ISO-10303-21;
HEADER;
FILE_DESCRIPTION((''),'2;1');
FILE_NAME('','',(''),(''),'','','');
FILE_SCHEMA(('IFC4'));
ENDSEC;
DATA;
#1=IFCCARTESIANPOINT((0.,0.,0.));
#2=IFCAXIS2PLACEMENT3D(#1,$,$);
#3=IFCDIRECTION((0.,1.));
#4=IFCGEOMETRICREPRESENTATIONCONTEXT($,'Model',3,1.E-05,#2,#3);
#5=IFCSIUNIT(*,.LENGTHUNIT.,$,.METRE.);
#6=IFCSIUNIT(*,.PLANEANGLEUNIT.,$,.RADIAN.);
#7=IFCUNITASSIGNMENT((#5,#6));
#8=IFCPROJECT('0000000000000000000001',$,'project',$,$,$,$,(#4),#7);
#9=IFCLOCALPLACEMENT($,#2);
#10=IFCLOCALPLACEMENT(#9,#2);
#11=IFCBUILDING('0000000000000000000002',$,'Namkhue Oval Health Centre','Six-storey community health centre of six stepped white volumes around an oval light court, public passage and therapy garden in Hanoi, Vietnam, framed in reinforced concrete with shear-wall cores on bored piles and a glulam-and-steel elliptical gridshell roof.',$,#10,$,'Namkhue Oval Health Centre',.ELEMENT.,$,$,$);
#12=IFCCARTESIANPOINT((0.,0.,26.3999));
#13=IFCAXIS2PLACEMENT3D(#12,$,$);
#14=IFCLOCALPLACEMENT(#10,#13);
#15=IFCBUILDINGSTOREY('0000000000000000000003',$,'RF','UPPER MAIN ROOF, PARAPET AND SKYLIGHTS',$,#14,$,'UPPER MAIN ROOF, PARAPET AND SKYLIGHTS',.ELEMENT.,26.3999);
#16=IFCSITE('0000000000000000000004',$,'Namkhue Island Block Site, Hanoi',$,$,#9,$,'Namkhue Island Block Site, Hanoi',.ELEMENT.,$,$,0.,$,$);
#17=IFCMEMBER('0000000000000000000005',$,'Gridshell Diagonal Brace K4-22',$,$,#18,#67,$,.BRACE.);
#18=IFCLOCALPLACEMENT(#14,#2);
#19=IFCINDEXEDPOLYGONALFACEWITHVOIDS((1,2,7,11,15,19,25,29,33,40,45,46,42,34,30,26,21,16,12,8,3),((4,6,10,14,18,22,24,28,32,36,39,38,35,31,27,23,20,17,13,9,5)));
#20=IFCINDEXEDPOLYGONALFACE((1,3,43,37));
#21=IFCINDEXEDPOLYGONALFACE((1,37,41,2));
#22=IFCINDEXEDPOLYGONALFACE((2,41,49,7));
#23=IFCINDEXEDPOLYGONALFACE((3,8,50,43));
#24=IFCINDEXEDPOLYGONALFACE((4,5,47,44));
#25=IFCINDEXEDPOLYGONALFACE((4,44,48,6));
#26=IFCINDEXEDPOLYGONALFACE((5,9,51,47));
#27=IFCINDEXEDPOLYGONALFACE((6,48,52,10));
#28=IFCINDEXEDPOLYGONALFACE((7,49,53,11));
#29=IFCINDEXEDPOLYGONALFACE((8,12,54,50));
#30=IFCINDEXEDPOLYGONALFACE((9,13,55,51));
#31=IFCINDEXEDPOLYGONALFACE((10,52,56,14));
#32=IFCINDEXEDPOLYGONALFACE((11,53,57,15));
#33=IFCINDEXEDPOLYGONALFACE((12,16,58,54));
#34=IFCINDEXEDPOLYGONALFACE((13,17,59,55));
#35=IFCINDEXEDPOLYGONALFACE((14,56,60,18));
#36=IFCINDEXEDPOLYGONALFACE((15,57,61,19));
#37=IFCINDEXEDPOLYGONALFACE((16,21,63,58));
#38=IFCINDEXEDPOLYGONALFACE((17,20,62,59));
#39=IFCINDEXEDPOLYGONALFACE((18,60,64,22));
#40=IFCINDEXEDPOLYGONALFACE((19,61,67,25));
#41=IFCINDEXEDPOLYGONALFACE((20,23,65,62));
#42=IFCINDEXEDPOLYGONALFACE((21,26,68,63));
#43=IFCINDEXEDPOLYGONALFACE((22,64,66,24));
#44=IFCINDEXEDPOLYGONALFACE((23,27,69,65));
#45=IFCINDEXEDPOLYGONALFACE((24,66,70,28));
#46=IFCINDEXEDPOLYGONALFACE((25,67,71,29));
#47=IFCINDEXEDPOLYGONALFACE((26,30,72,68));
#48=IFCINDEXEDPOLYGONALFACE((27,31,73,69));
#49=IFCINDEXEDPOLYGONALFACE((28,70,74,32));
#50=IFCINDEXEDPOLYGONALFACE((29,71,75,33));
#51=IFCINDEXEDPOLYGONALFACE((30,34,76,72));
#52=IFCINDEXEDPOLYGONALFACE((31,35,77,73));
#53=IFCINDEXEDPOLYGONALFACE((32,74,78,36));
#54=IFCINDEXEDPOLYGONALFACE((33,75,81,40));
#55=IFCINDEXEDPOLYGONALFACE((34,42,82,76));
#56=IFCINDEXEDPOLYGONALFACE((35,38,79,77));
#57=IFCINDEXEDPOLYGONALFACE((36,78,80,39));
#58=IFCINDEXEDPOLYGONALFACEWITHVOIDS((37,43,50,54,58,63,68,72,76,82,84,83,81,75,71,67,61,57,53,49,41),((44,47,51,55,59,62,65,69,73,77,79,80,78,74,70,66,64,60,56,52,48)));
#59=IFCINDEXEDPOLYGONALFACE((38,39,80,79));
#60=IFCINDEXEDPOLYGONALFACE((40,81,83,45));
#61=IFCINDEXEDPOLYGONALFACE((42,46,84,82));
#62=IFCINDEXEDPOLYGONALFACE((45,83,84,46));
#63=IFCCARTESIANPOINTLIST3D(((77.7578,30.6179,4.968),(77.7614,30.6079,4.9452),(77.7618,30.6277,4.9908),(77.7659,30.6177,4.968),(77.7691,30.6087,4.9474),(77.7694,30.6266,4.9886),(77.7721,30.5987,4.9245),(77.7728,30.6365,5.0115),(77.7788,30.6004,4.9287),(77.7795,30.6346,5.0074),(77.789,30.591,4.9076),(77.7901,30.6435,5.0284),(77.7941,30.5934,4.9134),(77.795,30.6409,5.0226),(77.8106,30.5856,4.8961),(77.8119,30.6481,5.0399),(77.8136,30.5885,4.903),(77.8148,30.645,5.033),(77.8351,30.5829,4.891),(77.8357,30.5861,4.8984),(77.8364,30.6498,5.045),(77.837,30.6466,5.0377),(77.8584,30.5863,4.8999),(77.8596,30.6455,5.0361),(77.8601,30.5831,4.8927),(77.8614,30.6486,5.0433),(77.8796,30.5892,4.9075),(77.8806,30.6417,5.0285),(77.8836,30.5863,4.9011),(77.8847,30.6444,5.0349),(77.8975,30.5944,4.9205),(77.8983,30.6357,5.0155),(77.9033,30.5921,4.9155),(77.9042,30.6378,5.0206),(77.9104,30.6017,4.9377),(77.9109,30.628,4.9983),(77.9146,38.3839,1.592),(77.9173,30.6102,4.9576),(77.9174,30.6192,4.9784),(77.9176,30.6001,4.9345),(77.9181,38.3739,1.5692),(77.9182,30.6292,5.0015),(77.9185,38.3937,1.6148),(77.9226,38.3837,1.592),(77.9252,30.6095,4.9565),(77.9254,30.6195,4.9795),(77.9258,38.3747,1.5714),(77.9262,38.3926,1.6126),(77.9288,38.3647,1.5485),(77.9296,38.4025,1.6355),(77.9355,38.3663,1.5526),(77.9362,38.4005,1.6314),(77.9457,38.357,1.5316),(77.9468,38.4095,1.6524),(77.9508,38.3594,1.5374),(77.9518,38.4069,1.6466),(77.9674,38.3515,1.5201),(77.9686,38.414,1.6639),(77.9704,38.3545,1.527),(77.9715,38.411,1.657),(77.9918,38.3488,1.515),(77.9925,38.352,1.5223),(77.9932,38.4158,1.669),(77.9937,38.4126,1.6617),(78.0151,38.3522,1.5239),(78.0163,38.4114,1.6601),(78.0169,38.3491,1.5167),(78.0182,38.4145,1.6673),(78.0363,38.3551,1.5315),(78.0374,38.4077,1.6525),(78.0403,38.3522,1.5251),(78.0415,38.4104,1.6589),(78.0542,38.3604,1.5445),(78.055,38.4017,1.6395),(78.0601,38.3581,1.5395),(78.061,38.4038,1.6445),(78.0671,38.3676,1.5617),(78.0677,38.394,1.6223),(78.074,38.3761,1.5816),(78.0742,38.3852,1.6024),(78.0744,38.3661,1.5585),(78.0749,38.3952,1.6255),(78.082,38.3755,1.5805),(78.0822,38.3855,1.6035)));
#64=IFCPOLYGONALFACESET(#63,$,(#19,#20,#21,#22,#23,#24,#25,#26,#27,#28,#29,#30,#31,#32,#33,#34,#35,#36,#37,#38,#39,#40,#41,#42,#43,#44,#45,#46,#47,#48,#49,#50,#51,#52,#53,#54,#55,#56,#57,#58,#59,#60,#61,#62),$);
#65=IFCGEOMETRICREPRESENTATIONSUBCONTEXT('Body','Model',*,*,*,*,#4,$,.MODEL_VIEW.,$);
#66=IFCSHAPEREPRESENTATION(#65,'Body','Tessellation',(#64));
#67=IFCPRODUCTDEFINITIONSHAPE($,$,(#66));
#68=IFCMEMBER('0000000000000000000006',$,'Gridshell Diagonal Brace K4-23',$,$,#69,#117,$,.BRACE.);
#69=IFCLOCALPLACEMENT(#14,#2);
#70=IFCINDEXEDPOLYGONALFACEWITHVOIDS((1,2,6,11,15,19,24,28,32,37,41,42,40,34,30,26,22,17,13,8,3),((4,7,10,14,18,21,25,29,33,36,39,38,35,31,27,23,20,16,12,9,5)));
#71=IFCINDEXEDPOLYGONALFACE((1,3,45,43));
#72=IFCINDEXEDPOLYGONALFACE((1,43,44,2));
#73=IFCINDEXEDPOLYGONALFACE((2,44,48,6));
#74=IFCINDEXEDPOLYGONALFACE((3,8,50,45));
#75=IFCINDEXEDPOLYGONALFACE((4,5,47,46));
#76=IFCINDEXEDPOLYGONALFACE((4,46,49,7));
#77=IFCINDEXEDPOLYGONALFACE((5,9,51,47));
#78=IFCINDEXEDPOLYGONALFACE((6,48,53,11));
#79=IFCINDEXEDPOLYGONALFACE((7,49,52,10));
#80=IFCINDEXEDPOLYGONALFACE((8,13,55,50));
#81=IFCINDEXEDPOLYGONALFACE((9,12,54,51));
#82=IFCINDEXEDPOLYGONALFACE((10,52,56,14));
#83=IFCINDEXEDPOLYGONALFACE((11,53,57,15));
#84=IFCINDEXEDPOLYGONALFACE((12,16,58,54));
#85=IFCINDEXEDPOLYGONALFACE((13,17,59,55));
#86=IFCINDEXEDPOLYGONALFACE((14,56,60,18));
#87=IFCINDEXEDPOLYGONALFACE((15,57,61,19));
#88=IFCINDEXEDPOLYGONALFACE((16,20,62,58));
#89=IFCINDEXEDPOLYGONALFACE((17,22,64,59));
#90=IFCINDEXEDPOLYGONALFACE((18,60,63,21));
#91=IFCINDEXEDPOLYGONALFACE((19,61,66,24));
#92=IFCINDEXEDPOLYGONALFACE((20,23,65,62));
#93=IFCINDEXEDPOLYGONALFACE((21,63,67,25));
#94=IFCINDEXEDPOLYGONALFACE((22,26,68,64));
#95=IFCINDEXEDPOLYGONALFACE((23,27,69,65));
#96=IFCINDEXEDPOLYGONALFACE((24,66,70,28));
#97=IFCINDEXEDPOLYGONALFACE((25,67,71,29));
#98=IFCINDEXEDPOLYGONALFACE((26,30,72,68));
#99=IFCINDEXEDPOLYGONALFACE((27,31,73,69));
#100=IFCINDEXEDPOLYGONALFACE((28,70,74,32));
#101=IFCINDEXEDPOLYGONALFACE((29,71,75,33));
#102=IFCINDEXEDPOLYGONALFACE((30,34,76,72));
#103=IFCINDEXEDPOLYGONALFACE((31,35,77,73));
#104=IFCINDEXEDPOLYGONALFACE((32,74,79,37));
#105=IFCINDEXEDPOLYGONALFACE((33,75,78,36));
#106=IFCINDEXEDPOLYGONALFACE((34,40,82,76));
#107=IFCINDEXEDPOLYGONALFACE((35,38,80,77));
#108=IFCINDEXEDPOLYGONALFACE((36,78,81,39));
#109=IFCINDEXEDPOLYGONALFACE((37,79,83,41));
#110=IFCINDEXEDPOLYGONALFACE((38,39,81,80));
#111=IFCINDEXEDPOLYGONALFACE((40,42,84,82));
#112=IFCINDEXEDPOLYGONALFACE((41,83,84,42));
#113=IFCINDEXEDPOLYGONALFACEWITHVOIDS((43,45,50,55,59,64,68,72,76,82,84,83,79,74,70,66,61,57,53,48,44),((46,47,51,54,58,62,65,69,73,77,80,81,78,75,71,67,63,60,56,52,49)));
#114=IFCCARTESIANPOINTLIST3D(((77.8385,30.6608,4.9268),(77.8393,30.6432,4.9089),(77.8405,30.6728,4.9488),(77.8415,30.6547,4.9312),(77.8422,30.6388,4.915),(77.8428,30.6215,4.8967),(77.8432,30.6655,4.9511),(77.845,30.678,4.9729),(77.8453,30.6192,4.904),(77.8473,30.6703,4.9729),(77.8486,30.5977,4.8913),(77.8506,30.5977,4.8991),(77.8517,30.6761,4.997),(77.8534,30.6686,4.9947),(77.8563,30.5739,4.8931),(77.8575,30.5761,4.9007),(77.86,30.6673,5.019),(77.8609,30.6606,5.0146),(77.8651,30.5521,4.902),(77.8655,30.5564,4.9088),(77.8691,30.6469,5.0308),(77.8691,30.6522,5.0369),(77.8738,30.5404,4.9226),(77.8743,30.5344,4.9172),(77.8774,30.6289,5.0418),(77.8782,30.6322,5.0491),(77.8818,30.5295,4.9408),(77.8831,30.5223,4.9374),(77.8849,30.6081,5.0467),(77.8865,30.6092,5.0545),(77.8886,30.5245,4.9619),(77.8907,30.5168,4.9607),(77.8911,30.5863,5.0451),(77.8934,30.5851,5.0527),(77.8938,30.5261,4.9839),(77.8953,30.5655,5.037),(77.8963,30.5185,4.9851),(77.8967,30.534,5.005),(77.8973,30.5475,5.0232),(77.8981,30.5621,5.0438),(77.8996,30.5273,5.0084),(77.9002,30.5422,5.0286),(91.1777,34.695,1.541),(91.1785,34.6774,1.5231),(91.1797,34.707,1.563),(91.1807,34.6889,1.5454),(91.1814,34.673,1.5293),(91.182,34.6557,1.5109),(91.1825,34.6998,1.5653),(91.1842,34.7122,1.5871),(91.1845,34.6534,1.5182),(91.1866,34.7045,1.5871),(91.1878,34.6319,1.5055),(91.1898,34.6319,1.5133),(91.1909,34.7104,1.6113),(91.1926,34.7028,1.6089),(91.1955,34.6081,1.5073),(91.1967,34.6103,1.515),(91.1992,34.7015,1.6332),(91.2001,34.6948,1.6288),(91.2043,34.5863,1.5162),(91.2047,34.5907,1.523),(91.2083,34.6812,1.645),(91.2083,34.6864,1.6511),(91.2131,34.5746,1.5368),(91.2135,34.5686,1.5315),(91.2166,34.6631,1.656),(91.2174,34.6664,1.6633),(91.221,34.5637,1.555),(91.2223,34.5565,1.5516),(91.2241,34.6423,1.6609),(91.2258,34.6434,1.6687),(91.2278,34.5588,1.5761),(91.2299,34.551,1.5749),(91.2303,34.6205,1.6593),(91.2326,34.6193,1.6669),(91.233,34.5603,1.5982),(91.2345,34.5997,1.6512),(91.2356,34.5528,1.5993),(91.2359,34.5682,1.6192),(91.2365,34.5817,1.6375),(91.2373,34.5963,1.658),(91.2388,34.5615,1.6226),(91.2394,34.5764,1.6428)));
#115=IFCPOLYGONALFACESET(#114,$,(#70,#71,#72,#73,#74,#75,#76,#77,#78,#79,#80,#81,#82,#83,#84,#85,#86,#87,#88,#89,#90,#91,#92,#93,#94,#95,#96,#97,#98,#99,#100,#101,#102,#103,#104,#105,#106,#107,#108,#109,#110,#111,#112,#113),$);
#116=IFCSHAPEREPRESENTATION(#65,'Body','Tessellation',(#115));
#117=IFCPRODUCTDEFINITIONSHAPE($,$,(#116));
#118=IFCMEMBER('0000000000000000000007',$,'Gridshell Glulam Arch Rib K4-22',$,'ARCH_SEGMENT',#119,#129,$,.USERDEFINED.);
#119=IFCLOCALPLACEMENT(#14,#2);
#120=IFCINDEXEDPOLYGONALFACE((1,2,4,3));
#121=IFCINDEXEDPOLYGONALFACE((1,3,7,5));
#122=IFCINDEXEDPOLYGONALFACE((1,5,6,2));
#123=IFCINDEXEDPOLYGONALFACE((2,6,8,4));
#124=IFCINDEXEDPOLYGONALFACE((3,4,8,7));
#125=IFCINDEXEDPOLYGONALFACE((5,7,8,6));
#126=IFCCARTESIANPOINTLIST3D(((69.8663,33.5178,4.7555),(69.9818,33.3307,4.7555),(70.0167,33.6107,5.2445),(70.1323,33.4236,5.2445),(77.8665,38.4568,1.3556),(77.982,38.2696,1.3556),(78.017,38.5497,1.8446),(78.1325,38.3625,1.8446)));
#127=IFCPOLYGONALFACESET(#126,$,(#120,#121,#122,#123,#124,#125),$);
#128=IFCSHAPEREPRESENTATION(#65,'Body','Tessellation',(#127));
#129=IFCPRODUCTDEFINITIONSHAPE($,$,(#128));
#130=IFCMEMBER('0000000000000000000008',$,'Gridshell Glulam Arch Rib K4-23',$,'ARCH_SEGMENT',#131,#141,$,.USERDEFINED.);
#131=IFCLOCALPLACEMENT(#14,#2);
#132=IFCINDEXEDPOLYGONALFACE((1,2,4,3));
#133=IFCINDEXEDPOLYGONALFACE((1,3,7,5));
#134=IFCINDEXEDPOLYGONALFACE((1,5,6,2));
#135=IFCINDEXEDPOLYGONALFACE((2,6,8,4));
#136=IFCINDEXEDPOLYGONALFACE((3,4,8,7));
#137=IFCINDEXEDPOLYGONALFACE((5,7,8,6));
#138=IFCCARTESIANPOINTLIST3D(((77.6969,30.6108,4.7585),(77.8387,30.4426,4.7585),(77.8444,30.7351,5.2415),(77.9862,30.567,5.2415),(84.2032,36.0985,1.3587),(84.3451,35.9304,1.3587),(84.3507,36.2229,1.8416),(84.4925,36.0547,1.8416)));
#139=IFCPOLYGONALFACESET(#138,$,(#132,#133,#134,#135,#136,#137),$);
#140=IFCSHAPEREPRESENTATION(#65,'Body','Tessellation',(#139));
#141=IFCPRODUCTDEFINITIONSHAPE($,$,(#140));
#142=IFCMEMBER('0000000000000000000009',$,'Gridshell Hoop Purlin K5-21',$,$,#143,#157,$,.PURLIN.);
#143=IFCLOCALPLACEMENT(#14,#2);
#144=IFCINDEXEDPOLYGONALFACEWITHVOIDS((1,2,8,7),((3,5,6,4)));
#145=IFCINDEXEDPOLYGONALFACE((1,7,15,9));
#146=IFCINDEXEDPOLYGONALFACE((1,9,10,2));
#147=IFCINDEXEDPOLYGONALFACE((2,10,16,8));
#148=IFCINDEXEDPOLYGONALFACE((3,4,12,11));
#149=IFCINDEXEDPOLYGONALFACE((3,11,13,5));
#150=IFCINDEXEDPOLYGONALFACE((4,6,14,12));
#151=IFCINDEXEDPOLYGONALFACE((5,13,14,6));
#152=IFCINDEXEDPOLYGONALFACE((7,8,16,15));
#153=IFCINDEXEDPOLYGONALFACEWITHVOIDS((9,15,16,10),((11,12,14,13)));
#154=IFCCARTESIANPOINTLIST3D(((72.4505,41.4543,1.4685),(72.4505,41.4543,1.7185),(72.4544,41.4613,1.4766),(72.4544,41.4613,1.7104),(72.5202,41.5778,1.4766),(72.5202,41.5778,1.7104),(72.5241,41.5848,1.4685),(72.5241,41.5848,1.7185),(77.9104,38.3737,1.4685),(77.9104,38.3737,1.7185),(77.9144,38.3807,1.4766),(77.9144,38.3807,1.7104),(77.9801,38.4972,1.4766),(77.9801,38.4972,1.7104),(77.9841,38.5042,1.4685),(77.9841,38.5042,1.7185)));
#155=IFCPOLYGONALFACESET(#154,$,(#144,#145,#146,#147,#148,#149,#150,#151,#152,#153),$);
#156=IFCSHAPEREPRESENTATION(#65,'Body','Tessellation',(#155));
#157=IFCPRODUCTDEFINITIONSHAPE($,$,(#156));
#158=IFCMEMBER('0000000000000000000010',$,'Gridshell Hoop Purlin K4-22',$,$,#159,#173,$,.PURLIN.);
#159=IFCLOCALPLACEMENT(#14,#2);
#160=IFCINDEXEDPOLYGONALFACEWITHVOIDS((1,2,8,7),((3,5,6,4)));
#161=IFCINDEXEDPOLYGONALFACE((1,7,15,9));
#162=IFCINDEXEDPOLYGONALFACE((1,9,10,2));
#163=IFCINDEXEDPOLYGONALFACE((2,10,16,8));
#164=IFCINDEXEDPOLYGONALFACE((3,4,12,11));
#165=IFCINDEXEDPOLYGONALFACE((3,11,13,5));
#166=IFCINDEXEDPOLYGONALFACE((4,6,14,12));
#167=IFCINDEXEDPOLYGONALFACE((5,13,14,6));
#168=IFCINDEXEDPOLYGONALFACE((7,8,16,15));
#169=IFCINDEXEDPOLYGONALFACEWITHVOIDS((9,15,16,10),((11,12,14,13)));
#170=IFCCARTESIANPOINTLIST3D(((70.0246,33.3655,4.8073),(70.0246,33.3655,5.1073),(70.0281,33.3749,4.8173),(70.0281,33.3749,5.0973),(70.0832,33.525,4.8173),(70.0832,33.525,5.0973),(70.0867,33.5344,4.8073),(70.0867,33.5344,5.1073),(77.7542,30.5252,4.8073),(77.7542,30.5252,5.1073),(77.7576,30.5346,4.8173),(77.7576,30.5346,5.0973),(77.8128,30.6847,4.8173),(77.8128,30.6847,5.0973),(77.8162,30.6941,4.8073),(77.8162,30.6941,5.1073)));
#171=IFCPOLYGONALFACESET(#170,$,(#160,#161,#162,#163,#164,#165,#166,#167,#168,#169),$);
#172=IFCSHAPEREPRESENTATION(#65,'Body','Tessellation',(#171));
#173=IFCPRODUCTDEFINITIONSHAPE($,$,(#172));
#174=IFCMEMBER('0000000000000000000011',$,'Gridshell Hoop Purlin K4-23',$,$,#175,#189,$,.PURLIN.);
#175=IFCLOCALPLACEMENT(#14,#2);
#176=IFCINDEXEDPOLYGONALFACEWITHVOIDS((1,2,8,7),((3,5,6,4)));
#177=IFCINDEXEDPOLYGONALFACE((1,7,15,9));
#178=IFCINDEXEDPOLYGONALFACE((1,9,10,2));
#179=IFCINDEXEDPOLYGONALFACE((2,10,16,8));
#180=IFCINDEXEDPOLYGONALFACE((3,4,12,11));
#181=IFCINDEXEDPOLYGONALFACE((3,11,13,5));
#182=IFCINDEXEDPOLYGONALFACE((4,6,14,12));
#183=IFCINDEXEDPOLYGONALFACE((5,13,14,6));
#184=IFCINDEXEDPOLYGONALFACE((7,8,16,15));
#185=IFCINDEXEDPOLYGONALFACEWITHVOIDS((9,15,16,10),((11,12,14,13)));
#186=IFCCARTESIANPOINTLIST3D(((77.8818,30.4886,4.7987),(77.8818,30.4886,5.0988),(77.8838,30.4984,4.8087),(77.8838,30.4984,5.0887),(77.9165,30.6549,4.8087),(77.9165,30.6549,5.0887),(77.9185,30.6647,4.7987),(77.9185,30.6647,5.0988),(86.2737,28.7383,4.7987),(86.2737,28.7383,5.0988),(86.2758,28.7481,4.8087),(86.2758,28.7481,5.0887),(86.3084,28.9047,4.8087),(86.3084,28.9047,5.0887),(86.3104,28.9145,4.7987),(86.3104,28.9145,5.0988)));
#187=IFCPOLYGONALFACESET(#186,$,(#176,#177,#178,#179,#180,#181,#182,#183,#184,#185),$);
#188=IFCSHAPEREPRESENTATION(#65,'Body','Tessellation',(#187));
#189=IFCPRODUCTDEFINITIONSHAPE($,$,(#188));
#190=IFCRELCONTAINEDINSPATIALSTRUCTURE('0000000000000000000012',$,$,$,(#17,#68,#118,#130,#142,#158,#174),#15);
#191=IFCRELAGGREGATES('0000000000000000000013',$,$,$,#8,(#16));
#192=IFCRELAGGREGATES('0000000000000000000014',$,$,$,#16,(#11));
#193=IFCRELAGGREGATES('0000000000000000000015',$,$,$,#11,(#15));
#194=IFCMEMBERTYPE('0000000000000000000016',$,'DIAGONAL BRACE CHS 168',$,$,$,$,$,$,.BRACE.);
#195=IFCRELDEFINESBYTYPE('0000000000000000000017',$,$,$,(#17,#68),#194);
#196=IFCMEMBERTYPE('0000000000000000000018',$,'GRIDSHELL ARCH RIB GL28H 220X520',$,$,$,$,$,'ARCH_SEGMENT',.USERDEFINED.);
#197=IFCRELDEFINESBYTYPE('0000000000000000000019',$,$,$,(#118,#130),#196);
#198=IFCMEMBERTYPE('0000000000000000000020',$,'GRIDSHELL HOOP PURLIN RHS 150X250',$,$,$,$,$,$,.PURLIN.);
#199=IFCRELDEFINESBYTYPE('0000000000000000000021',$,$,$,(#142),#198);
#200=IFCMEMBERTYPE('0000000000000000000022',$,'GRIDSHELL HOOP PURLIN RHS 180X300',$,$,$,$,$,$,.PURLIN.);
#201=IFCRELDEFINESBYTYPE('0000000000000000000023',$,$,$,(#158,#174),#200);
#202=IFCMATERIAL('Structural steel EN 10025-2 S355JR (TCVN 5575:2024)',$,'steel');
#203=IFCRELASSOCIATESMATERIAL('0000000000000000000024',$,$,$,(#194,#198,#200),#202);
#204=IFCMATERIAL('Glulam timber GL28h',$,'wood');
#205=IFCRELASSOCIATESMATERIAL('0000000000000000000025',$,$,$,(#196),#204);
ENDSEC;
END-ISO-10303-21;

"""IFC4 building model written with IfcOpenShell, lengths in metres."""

from ifc_helpers import new_model, si_unit, direction, frame, origin, origin_2d, place, context, subcontext, project, spatial, rectangle, hollow_rectangle, hollow_circle, extrude, material, material_profile, profile_set, type_object, element, save


model = new_model("IFC4")

# Units and contexts
model_context = context("Model", 3, precision=1e-05, world=origin(), true_north=direction((0.0, 1.0)))
body_context = subcontext(model_context, "Body", "Model", "MODEL_VIEW")
ifc_project = project(units=[si_unit("LENGTHUNIT", "METRE"), si_unit("PLANEANGLEUNIT", "RADIAN")], contexts=[model_context])

# Site, building, storey
site_placement = place(None, origin())
site = spatial("IfcSite", under=ifc_project, at=site_placement, Name="Namkhue Island Block Site, Hanoi", LongName="Namkhue Island Block Site, Hanoi", CompositionType="ELEMENT", RefElevation=0.0)
building_placement = place(site_placement, origin())
building = spatial("IfcBuilding", under=site, at=building_placement, Name="Namkhue Oval Health Centre", Description="Six-storey community health centre of six stepped white volumes around an oval light court, public passage and therapy garden in Hanoi, Vietnam, framed in reinforced concrete with shear-wall cores on bored piles and a glulam-and-steel elliptical gridshell roof.", LongName="Namkhue Oval Health Centre", CompositionType="ELEMENT")
storey_placement = place(building_placement, frame((0.0, 0.0, 26.3999)))
storey = spatial("IfcBuildingStorey", under=building, at=storey_placement, Name="RF", Description="UPPER MAIN ROOF, PARAPET AND SKYLIGHTS", LongName="UPPER MAIN ROOF, PARAPET AND SKYLIGHTS", CompositionType="ELEMENT", Elevation=26.3999)

# Members
ifc_material_1 = material(Name="Structural steel EN 10025-2 S355JR (TCVN 5575:2024)", Category="steel")
ifc_material_profile_1 = material_profile(ifc_material_1, hollow_circle(Radius=0.0842, WallThickness=0.0081, at=origin_2d()), Name="CHS 168.3x8")
ifc_profile_set_1 = profile_set([ifc_material_profile_1], Name="Structural steel EN 10025-2 S355JR (TCVN 5575:2024)")
member_type_1 = type_object("IfcMemberType", Name="DIAGONAL BRACE CHS 168", PredefinedType="BRACE", material=ifc_profile_set_1)
member_1_placement = place(storey_placement, frame((77.842, 30.6162, 4.968), z_axis=(0.018506, 0.916934, -0.398609), x_axis=(-0.999796, 0.020179, 0.0)))
element("IfcMember", 1, at=member_1_placement, inside=storey, type_object=member_type_1, Name="Gridshell Diagonal Brace K4-22", PredefinedType="BRACE", context=body_context, shape_type="SweptSolid", body=[
    extrude(hollow_circle(Radius=0.0842, WallThickness=0.0081, at=origin_2d()), origin(), (0.0, 0.0, 1.0), 8.4695),
])
member_2_placement = place(storey_placement, frame((77.8694, 30.5974, 4.9729), z_axis=(0.930126, 0.2813, -0.236085), x_axis=(-0.289483, 0.957183, 0.0)))
element("IfcMember", 2, at=member_2_placement, inside=storey, type_object=member_type_1, Name="Gridshell Diagonal Brace K4-23", PredefinedType="BRACE", context=body_context, shape_type="SweptSolid", body=[
    extrude(hollow_circle(Radius=0.0842, WallThickness=0.0081, at=origin_2d()), origin(), (0.0, 0.0, 1.0), 14.3413),
])
ifc_material_2 = material(Name="Glulam timber GL28h", Category="wood")
ifc_material_profile_2 = material_profile(ifc_material_2, rectangle(XDim=0.22, YDim=0.52, at=origin_2d()), Name="GL28h 220x520")
ifc_profile_set_2 = profile_set([ifc_material_profile_2], Name="Glulam timber GL28h")
member_type_2 = type_object("IfcMemberType", Name="GRIDSHELL ARCH RIB GL28H 220X520", ElementType="ARCH_SEGMENT", PredefinedType="USERDEFINED", material=ifc_profile_set_2)
member_3_placement = place(storey_placement, frame((69.9993, 33.4707, 5.0), z_axis=(0.800198, 0.494004, -0.340064), x_axis=(-0.525311, 0.85091, 0.0)))
element("IfcMember", 3, at=member_3_placement, inside=storey, type_object=member_type_2, Name="Gridshell Glulam Arch Rib K4-22", ObjectType="ARCH_SEGMENT", PredefinedType="USERDEFINED", context=body_context, shape_type="SweptSolid", body=[
    extrude(rectangle(XDim=0.22, YDim=0.52, at=origin_2d()), origin(), (0.0, 0.0, 1.0), 9.9978),
])
member_4_placement = place(storey_placement, frame((77.8416, 30.5889, 5.0), z_axis=(0.709868, 0.59874, -0.370943), x_axis=(-0.644738, 0.764404, 0.0)))
element("IfcMember", 4, at=member_4_placement, inside=storey, type_object=member_type_2, Name="Gridshell Glulam Arch Rib K4-23", ObjectType="ARCH_SEGMENT", PredefinedType="USERDEFINED", context=body_context, shape_type="SweptSolid", body=[
    extrude(rectangle(XDim=0.22, YDim=0.52, at=origin_2d()), origin(), (0.0, 0.0, 1.0), 9.1655),
])
ifc_material_profile_3 = material_profile(ifc_material_1, hollow_rectangle(XDim=0.1499, YDim=0.25, WallThickness=0.0081, at=origin_2d()), Name="RHS 150x250x8")
ifc_profile_set_3 = profile_set([ifc_material_profile_3], Name="Structural steel EN 10025-2 S355JR (TCVN 5575:2024)")
member_type_3 = type_object("IfcMemberType", Name="GRIDSHELL HOOP PURLIN RHS 150X250", PredefinedType="PURLIN", material=ifc_profile_set_3)
member_5_placement = place(storey_placement, frame((72.4873, 41.5195, 1.5935), z_axis=(0.870938, -0.491392, 0.0), x_axis=(0.491392, 0.870938, 0.0)))
element("IfcMember", 5, at=member_5_placement, inside=storey, type_object=member_type_3, Name="Gridshell Hoop Purlin K5-21", PredefinedType="PURLIN", context=body_context, shape_type="SweptSolid", body=[
    extrude(hollow_rectangle(XDim=0.1499, YDim=0.25, WallThickness=0.0081, at=origin_2d()), origin(), (0.0, 0.0, 1.0), 6.269),
])
ifc_material_profile_4 = material_profile(ifc_material_1, hollow_rectangle(XDim=0.1799, YDim=0.3, WallThickness=0.01, at=origin_2d()), Name="RHS 180x300x10")
ifc_profile_set_4 = profile_set([ifc_material_profile_4], Name="Structural steel EN 10025-2 S355JR (TCVN 5575:2024)")
member_type_4 = type_object("IfcMemberType", Name="GRIDSHELL HOOP PURLIN RHS 180X300", PredefinedType="PURLIN", material=ifc_profile_set_4)
member_6_placement = place(storey_placement, frame((70.0557, 33.45, 4.9573), z_axis=(0.938633, -0.344917, 0.0), x_axis=(0.344917, 0.938633, 0.0)))
element("IfcMember", 6, at=member_6_placement, inside=storey, type_object=member_type_4, Name="Gridshell Hoop Purlin K4-22", PredefinedType="PURLIN", context=body_context, shape_type="SweptSolid", body=[
    extrude(hollow_rectangle(XDim=0.1799, YDim=0.3, WallThickness=0.01, at=origin_2d()), origin(), (0.0, 0.0, 1.0), 8.2349),
])
member_7_placement = place(storey_placement, frame((77.9001, 30.5767, 4.9487), z_axis=(0.978935, -0.204171, 0.0), x_axis=(0.204171, 0.978935, 0.0)))
element("IfcMember", 7, at=member_7_placement, inside=storey, type_object=member_type_4, Name="Gridshell Hoop Purlin K4-23", PredefinedType="PURLIN", context=body_context, shape_type="SweptSolid", body=[
    extrude(hollow_rectangle(XDim=0.1799, YDim=0.3, WallThickness=0.01, at=origin_2d()), origin(), (0.0, 0.0, 1.0), 8.5725),
])

save(model, "model.ifc")
